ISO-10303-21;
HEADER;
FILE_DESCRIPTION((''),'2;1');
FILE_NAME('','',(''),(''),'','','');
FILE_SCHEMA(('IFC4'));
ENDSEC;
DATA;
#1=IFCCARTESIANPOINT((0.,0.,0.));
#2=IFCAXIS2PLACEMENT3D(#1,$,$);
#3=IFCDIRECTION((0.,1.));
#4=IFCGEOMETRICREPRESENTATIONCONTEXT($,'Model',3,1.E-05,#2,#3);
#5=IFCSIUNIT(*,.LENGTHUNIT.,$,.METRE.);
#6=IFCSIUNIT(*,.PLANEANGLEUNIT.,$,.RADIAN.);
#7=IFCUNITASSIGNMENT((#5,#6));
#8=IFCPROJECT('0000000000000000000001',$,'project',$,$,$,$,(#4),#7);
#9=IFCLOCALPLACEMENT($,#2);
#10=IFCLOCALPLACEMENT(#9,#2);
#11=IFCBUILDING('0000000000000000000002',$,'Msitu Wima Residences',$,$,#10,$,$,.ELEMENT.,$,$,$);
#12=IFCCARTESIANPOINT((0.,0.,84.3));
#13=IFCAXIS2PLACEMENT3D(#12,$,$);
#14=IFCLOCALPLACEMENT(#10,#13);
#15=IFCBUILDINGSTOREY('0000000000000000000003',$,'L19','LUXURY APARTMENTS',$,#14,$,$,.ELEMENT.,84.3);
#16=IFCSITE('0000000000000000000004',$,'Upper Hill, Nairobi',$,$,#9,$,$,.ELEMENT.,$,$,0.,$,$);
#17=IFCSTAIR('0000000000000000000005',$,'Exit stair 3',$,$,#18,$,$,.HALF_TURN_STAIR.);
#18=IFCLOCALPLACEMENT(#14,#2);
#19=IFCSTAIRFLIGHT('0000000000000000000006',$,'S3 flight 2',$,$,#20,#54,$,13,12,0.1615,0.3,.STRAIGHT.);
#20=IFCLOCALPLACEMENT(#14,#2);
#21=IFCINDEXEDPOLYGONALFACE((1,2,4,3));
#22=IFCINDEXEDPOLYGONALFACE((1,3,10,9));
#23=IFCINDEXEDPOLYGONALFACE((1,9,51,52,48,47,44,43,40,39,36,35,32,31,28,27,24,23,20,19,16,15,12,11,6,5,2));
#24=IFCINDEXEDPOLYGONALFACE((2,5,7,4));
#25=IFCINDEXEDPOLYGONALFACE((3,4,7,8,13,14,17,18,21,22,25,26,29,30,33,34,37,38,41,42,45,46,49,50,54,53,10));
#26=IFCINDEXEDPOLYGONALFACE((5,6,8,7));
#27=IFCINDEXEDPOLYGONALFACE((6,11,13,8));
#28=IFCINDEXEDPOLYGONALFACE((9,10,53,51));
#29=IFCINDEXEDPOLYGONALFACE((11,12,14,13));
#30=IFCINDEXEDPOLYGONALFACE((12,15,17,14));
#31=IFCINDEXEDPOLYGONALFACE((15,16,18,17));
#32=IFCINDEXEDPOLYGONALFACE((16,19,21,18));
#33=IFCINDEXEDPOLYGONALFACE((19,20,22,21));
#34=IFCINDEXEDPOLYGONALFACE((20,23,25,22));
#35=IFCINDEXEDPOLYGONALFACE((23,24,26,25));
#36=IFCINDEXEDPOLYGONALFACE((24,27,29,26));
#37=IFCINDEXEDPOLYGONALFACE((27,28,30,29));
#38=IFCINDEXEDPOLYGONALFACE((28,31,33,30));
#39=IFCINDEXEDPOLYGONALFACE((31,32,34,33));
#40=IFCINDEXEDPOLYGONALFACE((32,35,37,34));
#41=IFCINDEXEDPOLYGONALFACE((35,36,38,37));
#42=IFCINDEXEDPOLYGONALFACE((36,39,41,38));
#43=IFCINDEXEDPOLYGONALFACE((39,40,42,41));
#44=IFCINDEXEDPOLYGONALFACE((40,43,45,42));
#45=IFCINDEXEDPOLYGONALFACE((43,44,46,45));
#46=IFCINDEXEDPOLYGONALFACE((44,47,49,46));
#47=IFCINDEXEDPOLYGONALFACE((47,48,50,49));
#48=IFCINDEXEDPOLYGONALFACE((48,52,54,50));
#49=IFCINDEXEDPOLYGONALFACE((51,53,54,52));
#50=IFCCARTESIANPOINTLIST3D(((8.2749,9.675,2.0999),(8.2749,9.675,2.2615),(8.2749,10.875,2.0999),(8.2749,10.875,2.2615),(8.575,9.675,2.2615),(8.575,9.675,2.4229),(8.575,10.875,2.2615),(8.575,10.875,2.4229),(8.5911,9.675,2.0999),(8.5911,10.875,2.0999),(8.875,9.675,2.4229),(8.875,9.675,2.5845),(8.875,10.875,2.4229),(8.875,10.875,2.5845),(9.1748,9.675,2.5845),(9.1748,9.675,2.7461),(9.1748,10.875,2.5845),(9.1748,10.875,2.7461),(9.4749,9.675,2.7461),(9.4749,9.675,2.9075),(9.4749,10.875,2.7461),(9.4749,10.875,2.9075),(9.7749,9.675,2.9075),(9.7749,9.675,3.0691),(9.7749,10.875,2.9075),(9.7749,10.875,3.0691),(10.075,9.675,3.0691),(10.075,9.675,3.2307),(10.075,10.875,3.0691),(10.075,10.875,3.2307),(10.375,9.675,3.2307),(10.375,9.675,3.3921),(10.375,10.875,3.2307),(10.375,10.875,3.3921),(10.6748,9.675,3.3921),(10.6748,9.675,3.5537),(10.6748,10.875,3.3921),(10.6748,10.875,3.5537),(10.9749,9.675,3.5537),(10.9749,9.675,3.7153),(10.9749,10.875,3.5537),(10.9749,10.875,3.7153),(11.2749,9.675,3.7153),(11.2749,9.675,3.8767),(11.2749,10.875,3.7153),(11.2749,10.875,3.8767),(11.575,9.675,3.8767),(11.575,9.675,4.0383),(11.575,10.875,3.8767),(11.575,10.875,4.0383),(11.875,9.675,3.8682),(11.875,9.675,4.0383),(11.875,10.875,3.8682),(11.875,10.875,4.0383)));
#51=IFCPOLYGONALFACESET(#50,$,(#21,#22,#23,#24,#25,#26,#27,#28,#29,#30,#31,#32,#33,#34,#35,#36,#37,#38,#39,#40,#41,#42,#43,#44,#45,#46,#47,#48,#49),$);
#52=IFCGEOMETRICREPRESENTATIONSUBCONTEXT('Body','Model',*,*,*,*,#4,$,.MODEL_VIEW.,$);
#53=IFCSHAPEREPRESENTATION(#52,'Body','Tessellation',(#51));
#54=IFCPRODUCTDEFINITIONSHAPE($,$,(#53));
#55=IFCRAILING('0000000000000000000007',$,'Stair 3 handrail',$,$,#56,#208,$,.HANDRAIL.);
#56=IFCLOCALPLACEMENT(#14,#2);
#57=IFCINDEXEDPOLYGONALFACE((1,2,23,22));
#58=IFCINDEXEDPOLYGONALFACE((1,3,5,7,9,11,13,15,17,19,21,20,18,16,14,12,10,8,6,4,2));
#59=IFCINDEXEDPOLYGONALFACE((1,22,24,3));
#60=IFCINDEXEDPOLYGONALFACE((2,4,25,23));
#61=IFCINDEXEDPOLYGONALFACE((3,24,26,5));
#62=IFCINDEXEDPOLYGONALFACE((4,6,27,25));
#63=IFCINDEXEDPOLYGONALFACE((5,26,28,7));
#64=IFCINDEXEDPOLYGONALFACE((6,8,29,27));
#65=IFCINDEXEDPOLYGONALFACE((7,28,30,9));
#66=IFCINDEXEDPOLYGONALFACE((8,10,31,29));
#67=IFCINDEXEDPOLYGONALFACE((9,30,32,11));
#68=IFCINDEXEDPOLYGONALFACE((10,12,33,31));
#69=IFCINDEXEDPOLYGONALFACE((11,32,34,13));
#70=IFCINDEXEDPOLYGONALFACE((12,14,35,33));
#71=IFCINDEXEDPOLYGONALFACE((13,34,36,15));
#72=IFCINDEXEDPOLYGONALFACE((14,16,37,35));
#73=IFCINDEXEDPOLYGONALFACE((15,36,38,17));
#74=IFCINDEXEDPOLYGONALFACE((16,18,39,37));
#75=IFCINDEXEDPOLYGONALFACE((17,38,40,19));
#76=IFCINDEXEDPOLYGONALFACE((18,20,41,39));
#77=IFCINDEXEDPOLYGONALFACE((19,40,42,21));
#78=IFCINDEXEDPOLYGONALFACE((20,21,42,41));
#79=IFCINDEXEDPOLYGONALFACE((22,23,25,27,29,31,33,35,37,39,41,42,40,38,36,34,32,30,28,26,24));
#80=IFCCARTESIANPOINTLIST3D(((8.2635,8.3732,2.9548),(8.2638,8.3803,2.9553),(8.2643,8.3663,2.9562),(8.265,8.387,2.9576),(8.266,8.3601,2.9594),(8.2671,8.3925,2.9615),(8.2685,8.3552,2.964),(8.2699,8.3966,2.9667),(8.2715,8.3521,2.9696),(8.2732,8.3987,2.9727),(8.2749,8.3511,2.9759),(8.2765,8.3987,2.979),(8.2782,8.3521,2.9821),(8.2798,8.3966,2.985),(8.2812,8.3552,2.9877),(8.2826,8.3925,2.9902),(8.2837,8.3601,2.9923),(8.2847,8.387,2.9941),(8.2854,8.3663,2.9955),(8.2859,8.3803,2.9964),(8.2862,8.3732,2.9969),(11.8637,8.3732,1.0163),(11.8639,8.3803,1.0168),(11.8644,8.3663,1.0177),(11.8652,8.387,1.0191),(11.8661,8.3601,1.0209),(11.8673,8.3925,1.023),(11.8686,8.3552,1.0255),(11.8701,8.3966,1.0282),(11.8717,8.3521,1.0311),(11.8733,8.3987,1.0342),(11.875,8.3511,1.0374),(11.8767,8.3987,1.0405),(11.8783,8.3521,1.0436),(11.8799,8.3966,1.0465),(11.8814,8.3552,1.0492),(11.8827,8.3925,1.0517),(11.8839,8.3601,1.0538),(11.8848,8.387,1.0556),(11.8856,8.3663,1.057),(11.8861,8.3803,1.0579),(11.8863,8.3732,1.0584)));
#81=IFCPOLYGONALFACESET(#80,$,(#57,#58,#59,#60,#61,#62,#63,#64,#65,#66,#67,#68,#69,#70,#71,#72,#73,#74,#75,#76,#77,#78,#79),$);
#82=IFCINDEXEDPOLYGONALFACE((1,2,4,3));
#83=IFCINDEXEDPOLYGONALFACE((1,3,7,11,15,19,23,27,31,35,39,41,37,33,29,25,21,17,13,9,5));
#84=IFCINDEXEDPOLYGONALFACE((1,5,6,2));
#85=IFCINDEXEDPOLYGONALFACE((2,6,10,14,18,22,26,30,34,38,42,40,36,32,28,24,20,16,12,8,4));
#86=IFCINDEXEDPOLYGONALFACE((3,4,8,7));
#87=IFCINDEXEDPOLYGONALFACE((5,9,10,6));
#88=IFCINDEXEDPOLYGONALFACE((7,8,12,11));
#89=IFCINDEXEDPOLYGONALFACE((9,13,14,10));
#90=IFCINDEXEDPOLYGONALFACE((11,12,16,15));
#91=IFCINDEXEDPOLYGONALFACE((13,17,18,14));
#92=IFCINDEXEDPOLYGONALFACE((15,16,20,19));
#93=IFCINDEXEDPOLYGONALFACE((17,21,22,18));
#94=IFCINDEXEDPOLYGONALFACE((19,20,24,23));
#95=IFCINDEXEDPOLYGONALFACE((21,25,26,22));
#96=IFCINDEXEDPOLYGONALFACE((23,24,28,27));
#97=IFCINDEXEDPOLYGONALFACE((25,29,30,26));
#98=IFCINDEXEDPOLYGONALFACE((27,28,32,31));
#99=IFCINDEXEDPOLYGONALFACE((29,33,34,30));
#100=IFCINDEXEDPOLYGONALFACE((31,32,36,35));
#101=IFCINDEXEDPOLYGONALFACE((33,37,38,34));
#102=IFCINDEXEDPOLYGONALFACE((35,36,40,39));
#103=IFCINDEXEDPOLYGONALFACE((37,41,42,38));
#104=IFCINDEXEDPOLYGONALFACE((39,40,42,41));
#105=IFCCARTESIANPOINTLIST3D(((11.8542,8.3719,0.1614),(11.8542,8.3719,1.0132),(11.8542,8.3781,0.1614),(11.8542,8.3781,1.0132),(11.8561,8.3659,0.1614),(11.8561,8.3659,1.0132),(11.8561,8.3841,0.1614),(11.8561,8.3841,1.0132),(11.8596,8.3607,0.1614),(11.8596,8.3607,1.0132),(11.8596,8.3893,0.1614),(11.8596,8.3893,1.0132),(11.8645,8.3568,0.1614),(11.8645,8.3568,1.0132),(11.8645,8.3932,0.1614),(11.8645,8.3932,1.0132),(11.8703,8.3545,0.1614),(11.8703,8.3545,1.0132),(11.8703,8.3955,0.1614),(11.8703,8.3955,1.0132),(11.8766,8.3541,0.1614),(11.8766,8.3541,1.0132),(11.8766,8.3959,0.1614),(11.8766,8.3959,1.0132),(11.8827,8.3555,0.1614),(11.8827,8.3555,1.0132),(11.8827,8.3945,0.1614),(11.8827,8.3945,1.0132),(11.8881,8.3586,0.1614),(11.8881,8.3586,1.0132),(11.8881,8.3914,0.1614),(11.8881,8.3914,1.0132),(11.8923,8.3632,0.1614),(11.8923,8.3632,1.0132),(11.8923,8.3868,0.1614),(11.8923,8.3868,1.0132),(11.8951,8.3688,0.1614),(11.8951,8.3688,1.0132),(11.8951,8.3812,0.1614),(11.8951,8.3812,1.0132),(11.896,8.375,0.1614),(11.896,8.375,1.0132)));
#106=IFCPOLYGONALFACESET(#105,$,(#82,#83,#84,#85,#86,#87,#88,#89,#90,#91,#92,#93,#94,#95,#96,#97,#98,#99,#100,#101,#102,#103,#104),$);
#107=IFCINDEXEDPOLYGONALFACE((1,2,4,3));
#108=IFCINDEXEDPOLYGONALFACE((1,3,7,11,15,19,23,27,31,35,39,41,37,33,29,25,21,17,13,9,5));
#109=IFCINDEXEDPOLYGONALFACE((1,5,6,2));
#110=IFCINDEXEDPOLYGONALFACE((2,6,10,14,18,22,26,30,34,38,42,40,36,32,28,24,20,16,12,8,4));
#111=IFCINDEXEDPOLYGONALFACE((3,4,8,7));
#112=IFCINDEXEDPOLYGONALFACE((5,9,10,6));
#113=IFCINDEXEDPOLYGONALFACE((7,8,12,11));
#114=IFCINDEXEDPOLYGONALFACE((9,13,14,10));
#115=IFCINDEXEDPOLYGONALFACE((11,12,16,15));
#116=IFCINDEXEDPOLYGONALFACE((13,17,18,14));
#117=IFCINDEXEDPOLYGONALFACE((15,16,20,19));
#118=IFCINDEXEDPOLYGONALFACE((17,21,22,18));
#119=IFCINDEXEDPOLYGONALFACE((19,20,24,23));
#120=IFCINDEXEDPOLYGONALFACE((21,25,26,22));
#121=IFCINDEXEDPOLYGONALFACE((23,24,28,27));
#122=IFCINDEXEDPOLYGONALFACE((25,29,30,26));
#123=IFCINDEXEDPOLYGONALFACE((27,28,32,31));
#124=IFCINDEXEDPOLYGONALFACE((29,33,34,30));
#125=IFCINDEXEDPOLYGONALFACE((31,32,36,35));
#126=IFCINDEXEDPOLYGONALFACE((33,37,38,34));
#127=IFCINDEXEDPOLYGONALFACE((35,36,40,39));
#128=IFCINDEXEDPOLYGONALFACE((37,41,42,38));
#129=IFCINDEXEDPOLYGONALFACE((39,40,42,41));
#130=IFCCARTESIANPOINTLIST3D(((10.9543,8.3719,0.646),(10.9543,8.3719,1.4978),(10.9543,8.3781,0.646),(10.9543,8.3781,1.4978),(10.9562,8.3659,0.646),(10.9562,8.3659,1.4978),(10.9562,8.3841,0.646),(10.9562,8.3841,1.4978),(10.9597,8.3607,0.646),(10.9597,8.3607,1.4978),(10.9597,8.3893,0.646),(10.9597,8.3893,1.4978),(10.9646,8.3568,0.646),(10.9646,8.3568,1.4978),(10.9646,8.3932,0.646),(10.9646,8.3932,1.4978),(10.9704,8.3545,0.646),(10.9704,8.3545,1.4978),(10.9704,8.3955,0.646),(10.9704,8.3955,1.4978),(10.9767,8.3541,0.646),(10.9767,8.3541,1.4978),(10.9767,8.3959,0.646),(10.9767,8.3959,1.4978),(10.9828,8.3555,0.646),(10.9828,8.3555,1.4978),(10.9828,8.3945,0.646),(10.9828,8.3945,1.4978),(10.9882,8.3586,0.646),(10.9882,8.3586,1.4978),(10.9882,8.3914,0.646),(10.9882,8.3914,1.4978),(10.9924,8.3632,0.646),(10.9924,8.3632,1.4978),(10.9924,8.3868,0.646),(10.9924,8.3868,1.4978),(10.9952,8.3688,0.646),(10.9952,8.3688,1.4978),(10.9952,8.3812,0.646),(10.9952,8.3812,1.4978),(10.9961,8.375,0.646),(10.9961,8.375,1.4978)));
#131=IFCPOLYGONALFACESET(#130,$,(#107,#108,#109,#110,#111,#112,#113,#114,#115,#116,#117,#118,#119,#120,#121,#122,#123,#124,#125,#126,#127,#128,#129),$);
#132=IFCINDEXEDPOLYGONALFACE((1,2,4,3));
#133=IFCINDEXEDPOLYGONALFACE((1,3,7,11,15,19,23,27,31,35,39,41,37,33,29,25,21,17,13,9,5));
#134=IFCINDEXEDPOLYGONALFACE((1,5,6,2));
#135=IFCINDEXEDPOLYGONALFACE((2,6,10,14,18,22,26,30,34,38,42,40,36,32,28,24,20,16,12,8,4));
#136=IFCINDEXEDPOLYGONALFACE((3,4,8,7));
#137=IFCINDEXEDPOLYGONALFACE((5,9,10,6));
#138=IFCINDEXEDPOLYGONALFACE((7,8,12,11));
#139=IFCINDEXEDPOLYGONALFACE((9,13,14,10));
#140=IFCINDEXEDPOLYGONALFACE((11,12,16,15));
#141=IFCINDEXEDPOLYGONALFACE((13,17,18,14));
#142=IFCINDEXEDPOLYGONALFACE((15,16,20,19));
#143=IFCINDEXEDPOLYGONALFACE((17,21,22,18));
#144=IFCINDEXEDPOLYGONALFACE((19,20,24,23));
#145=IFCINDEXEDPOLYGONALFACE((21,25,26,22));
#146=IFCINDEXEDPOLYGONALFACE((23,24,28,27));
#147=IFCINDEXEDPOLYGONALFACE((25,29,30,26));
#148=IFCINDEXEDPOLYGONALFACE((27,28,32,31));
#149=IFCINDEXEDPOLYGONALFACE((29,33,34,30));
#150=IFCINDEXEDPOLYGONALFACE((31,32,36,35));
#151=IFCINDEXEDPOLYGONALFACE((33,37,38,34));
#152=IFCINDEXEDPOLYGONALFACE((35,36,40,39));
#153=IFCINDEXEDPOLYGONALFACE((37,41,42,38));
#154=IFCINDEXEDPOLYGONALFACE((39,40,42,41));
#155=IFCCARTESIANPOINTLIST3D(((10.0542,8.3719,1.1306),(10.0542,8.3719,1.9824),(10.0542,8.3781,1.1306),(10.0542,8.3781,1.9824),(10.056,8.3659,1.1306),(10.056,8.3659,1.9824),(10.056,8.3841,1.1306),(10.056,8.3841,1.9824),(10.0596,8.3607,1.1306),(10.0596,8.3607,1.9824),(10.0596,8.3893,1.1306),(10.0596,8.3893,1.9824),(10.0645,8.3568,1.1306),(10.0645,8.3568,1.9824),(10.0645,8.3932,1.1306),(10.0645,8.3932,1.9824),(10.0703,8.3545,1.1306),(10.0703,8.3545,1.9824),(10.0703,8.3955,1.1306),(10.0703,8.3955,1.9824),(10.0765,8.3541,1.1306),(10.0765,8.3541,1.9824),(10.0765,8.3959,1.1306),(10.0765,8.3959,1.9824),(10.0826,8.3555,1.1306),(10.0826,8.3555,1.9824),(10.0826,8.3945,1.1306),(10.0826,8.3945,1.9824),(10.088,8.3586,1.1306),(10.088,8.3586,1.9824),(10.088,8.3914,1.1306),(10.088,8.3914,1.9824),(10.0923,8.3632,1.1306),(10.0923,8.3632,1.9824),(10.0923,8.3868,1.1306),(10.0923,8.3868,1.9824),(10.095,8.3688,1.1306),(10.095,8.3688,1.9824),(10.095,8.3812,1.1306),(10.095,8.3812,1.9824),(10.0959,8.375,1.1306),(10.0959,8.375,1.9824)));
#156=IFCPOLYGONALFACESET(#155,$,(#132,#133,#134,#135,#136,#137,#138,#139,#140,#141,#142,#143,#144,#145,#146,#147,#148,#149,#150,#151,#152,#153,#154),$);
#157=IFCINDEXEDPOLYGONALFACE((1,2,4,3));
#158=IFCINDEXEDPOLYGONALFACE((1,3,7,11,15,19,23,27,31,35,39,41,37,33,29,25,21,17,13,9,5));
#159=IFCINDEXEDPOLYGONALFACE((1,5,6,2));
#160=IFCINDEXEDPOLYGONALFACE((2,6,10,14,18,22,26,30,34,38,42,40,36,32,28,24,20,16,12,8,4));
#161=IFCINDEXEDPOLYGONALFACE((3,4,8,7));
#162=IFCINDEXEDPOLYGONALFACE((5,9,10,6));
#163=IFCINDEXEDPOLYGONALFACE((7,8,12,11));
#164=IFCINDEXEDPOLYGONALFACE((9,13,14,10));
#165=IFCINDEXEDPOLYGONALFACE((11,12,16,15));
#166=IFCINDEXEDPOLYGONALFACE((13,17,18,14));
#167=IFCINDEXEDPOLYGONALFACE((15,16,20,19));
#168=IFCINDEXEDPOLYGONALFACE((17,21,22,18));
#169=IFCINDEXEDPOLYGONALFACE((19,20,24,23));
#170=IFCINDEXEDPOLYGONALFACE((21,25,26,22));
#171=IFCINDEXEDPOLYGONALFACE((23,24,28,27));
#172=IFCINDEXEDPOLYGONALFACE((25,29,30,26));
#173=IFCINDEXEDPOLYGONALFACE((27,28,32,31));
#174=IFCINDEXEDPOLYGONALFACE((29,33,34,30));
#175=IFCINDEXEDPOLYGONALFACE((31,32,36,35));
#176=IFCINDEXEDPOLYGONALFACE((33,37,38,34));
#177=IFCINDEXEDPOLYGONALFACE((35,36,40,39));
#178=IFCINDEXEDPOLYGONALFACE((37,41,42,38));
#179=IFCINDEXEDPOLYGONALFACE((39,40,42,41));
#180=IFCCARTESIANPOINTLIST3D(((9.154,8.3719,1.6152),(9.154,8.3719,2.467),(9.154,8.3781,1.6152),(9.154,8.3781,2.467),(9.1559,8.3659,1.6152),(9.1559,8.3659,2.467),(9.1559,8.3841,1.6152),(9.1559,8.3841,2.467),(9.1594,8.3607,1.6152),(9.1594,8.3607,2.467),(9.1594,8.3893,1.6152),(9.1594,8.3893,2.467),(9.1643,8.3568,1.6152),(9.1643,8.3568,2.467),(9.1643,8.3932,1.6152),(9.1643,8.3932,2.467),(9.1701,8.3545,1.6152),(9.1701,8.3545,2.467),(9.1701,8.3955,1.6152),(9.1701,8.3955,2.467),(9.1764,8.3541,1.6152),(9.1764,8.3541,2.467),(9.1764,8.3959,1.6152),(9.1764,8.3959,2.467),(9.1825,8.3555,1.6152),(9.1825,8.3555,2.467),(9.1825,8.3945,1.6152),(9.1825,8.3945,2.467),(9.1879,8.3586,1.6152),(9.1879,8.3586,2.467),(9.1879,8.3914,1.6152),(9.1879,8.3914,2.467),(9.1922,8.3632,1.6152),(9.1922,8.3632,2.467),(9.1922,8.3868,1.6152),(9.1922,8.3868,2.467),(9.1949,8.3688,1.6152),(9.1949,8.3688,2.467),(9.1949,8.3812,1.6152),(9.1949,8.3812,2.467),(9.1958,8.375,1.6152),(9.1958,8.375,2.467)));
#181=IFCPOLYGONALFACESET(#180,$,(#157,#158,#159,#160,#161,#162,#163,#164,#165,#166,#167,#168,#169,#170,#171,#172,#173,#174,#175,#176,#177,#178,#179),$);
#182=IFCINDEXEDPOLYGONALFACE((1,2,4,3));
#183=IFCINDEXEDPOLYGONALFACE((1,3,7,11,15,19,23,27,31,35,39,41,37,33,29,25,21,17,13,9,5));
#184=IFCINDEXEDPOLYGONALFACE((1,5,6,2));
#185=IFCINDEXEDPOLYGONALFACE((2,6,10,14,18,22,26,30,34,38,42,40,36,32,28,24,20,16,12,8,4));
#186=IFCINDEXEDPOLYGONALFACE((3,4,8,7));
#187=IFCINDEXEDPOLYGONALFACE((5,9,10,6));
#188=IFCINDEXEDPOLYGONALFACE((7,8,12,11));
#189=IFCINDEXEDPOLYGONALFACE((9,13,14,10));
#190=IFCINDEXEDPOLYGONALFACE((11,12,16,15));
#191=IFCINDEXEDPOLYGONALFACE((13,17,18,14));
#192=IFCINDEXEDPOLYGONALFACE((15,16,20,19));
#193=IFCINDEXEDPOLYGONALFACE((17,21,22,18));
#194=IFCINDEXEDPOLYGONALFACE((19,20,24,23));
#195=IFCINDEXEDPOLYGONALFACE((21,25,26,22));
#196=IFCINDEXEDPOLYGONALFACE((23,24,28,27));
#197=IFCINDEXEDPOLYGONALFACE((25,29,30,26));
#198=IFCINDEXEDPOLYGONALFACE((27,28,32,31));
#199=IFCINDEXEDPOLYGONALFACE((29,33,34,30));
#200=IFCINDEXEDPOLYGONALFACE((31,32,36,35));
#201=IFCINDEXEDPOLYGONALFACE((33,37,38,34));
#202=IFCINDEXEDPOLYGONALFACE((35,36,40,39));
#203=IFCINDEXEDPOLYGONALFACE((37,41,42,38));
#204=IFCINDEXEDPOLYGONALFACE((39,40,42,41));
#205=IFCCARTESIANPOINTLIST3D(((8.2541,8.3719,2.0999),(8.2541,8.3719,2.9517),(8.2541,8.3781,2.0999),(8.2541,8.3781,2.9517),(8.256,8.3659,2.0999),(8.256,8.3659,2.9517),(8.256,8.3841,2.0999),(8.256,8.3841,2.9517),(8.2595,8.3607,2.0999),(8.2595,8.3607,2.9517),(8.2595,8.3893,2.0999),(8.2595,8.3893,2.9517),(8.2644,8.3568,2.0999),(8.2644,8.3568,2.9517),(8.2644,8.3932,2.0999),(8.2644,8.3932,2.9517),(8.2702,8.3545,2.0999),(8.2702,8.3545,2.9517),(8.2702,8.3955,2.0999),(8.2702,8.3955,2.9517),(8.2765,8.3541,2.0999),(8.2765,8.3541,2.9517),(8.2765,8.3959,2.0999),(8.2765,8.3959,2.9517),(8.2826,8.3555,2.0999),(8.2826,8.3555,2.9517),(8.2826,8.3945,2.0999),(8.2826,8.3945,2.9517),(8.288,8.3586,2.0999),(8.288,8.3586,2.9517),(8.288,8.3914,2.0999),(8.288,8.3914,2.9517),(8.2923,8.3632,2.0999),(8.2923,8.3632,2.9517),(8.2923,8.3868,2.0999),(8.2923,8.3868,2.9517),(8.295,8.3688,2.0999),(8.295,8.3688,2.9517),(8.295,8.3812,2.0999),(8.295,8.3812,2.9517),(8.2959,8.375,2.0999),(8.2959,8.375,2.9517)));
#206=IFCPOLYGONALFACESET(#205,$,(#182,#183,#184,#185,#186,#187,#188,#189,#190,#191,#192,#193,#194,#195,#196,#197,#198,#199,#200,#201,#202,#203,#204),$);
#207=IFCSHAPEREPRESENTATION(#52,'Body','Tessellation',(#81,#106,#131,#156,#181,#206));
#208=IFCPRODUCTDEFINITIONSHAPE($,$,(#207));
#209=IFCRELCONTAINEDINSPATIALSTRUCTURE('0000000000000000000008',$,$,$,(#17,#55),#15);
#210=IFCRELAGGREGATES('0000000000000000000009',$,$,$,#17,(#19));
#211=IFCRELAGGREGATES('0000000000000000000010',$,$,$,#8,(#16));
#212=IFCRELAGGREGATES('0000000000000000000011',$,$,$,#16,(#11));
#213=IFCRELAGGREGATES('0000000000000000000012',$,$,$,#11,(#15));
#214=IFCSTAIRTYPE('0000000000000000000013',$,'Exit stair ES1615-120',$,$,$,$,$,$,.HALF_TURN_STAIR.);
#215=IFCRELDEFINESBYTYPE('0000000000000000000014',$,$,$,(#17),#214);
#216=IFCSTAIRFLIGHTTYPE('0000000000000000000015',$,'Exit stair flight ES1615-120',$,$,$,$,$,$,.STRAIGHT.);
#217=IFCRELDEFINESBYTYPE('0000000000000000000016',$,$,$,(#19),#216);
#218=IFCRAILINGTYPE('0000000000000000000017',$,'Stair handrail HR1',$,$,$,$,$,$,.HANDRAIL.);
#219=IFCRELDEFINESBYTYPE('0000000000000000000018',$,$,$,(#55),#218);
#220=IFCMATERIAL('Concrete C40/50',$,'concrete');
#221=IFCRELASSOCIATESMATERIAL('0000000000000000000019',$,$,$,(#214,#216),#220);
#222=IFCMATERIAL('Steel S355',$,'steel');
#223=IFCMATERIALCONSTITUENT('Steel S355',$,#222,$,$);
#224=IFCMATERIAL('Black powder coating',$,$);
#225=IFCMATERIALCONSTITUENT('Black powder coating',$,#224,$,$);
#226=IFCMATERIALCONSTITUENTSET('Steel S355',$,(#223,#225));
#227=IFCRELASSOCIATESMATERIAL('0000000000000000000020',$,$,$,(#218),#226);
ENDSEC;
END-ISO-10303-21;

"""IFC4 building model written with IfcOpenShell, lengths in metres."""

from ifc_helpers import new_model, si_unit, direction, frame, origin, origin_2d, place, context, subcontext, project, spatial, polyline, circle, outline, extrude, material, constituent, constituent_set, type_object, element, aggregate, save


model = new_model("IFC4")

# Units and contexts
model_context = context("Model", 3, precision=1e-05, world=origin(), true_north=direction((0.0, 1.0)))
body_context = subcontext(model_context, "Body", "Model", "MODEL_VIEW")
ifc_project = project(units=[si_unit("LENGTHUNIT", "METRE"), si_unit("PLANEANGLEUNIT", "RADIAN")], contexts=[model_context])

# Site, building, storey
site_placement = place(None, origin())
site = spatial("IfcSite", under=ifc_project, at=site_placement, Name="Upper Hill, Nairobi", CompositionType="ELEMENT", RefElevation=0.0)
building_placement = place(site_placement, origin())
building = spatial("IfcBuilding", under=site, at=building_placement, Name="Msitu Wima Residences", CompositionType="ELEMENT")
storey_placement = place(building_placement, frame((0.0, 0.0, 84.3)))
storey = spatial("IfcBuildingStorey", under=building, at=storey_placement, Name="L19", Description="LUXURY APARTMENTS", CompositionType="ELEMENT", Elevation=84.3)

# Shared definitions
ifc_material_1 = material(Name="Concrete C40/50", Category="concrete")

# Stair, stair flight
stair_type = type_object("IfcStairType", Name="Exit stair ES1615-120", PredefinedType="HALF_TURN_STAIR", material=ifc_material_1)
stair_placement = place(storey_placement, origin())
stair = element("IfcStair", 1, at=stair_placement, inside=storey, type_object=stair_type, Name="Exit stair 3", PredefinedType="HALF_TURN_STAIR")
stair_flight_type = type_object("IfcStairFlightType", Name="Exit stair flight ES1615-120", PredefinedType="STRAIGHT", material=ifc_material_1)
stair_flight_1_placement = place(storey_placement, frame((8.2749, 10.2749, 2.0999), z_axis=(0.0, 0.0, 1.0), x_axis=(1.0, 0.0, 0.0)))
stair_flight_1 = element("IfcStairFlight", 2, at=stair_flight_1_placement, type_object=stair_flight_type, Name="S3 flight 2", NumberOfRisers=13, NumberOfTreads=12, PredefinedType="STRAIGHT", RiserHeight=0.1615, TreadLength=0.3, context=body_context, shape_type="SweptSolid", body=[
    extrude(outline(polyline([(0.0, 0.0), (0.0, 0.1616), (0.3, 0.1616), (0.3, 0.323), (0.6001, 0.323), (0.6001, 0.4846), (0.8999, 0.4846), (0.8999, 0.6462), (1.2, 0.6462), (1.2, 0.8076), (1.5, 0.8076), (1.5, 0.9692), (1.8, 0.9692), (1.8, 1.1309), (2.1001, 1.1309), (2.1001, 1.2922), (2.3999, 1.2922), (2.3999, 1.4539), (2.7, 1.4539), (2.7, 1.6155), (3.0, 1.6155), (3.0, 1.7769), (3.3, 1.7769), (3.3, 1.9385), (3.6001, 1.9385), (3.6001, 2.1001), (3.6001, 1.7683), (0.3162, 0.0), (0.0, 0.0)])), frame((0.0, 0.6001, 0.0), z_axis=(0.0, -1.0, 0.0), x_axis=(1.0, 0.0, 0.0)), (0.0, 0.0, 1.0), 1.2),
])
aggregate(stair, [stair_flight_1])

# Railing
ifc_material_2 = material(Name="Steel S355", Category="steel")
ifc_constituent_1 = constituent(ifc_material_2, Name="Steel S355")
ifc_material_3 = material(Name="Black powder coating")
ifc_constituent_2 = constituent(ifc_material_3, Name="Black powder coating")
ifc_constituent_set = constituent_set(constituents=[ifc_constituent_1, ifc_constituent_2], Name="Steel S355")
railing_type = type_object("IfcRailingType", Name="Stair handrail HR1", PredefinedType="HANDRAIL", material=ifc_constituent_set)
for number, where, name in (
    (3, (11.875, 8.375, 0.1614), "Stair 3 handrail"),
):
    element("IfcRailing", number, at=place(storey_placement, frame(where)), inside=storey, type_object=railing_type, Name=name, PredefinedType="HANDRAIL", context=body_context, shape_type="SweptSolid", body=[
        extrude(circle(Radius=0.0239, at=origin_2d()), frame((0.0, 0.0, 0.876), z_axis=(-0.880475, 0.0, 0.474093), x_axis=(0.0, -1.0, 0.0)), (0.0, 0.0, 1.0), 4.0889),
        extrude(circle(Radius=0.021, at=origin_2d()), origin(), (0.0, 0.0, 1.0), 0.8518),
        extrude(circle(Radius=0.021, at=origin_2d()), frame((-0.8999, 0.0, 0.4846)), (0.0, 0.0, 1.0), 0.8518),
        extrude(circle(Radius=0.021, at=origin_2d()), frame((-1.8, 0.0, 0.9692)), (0.0, 0.0, 1.0), 0.8518),
        extrude(circle(Radius=0.021, at=origin_2d()), frame((-2.7002, 0.0, 1.4539)), (0.0, 0.0, 1.0), 0.8518),
        extrude(circle(Radius=0.021, at=origin_2d()), frame((-3.6001, 0.0, 1.9385)), (0.0, 0.0, 1.0), 0.8518),
    ])

save(model, "model.ifc")
